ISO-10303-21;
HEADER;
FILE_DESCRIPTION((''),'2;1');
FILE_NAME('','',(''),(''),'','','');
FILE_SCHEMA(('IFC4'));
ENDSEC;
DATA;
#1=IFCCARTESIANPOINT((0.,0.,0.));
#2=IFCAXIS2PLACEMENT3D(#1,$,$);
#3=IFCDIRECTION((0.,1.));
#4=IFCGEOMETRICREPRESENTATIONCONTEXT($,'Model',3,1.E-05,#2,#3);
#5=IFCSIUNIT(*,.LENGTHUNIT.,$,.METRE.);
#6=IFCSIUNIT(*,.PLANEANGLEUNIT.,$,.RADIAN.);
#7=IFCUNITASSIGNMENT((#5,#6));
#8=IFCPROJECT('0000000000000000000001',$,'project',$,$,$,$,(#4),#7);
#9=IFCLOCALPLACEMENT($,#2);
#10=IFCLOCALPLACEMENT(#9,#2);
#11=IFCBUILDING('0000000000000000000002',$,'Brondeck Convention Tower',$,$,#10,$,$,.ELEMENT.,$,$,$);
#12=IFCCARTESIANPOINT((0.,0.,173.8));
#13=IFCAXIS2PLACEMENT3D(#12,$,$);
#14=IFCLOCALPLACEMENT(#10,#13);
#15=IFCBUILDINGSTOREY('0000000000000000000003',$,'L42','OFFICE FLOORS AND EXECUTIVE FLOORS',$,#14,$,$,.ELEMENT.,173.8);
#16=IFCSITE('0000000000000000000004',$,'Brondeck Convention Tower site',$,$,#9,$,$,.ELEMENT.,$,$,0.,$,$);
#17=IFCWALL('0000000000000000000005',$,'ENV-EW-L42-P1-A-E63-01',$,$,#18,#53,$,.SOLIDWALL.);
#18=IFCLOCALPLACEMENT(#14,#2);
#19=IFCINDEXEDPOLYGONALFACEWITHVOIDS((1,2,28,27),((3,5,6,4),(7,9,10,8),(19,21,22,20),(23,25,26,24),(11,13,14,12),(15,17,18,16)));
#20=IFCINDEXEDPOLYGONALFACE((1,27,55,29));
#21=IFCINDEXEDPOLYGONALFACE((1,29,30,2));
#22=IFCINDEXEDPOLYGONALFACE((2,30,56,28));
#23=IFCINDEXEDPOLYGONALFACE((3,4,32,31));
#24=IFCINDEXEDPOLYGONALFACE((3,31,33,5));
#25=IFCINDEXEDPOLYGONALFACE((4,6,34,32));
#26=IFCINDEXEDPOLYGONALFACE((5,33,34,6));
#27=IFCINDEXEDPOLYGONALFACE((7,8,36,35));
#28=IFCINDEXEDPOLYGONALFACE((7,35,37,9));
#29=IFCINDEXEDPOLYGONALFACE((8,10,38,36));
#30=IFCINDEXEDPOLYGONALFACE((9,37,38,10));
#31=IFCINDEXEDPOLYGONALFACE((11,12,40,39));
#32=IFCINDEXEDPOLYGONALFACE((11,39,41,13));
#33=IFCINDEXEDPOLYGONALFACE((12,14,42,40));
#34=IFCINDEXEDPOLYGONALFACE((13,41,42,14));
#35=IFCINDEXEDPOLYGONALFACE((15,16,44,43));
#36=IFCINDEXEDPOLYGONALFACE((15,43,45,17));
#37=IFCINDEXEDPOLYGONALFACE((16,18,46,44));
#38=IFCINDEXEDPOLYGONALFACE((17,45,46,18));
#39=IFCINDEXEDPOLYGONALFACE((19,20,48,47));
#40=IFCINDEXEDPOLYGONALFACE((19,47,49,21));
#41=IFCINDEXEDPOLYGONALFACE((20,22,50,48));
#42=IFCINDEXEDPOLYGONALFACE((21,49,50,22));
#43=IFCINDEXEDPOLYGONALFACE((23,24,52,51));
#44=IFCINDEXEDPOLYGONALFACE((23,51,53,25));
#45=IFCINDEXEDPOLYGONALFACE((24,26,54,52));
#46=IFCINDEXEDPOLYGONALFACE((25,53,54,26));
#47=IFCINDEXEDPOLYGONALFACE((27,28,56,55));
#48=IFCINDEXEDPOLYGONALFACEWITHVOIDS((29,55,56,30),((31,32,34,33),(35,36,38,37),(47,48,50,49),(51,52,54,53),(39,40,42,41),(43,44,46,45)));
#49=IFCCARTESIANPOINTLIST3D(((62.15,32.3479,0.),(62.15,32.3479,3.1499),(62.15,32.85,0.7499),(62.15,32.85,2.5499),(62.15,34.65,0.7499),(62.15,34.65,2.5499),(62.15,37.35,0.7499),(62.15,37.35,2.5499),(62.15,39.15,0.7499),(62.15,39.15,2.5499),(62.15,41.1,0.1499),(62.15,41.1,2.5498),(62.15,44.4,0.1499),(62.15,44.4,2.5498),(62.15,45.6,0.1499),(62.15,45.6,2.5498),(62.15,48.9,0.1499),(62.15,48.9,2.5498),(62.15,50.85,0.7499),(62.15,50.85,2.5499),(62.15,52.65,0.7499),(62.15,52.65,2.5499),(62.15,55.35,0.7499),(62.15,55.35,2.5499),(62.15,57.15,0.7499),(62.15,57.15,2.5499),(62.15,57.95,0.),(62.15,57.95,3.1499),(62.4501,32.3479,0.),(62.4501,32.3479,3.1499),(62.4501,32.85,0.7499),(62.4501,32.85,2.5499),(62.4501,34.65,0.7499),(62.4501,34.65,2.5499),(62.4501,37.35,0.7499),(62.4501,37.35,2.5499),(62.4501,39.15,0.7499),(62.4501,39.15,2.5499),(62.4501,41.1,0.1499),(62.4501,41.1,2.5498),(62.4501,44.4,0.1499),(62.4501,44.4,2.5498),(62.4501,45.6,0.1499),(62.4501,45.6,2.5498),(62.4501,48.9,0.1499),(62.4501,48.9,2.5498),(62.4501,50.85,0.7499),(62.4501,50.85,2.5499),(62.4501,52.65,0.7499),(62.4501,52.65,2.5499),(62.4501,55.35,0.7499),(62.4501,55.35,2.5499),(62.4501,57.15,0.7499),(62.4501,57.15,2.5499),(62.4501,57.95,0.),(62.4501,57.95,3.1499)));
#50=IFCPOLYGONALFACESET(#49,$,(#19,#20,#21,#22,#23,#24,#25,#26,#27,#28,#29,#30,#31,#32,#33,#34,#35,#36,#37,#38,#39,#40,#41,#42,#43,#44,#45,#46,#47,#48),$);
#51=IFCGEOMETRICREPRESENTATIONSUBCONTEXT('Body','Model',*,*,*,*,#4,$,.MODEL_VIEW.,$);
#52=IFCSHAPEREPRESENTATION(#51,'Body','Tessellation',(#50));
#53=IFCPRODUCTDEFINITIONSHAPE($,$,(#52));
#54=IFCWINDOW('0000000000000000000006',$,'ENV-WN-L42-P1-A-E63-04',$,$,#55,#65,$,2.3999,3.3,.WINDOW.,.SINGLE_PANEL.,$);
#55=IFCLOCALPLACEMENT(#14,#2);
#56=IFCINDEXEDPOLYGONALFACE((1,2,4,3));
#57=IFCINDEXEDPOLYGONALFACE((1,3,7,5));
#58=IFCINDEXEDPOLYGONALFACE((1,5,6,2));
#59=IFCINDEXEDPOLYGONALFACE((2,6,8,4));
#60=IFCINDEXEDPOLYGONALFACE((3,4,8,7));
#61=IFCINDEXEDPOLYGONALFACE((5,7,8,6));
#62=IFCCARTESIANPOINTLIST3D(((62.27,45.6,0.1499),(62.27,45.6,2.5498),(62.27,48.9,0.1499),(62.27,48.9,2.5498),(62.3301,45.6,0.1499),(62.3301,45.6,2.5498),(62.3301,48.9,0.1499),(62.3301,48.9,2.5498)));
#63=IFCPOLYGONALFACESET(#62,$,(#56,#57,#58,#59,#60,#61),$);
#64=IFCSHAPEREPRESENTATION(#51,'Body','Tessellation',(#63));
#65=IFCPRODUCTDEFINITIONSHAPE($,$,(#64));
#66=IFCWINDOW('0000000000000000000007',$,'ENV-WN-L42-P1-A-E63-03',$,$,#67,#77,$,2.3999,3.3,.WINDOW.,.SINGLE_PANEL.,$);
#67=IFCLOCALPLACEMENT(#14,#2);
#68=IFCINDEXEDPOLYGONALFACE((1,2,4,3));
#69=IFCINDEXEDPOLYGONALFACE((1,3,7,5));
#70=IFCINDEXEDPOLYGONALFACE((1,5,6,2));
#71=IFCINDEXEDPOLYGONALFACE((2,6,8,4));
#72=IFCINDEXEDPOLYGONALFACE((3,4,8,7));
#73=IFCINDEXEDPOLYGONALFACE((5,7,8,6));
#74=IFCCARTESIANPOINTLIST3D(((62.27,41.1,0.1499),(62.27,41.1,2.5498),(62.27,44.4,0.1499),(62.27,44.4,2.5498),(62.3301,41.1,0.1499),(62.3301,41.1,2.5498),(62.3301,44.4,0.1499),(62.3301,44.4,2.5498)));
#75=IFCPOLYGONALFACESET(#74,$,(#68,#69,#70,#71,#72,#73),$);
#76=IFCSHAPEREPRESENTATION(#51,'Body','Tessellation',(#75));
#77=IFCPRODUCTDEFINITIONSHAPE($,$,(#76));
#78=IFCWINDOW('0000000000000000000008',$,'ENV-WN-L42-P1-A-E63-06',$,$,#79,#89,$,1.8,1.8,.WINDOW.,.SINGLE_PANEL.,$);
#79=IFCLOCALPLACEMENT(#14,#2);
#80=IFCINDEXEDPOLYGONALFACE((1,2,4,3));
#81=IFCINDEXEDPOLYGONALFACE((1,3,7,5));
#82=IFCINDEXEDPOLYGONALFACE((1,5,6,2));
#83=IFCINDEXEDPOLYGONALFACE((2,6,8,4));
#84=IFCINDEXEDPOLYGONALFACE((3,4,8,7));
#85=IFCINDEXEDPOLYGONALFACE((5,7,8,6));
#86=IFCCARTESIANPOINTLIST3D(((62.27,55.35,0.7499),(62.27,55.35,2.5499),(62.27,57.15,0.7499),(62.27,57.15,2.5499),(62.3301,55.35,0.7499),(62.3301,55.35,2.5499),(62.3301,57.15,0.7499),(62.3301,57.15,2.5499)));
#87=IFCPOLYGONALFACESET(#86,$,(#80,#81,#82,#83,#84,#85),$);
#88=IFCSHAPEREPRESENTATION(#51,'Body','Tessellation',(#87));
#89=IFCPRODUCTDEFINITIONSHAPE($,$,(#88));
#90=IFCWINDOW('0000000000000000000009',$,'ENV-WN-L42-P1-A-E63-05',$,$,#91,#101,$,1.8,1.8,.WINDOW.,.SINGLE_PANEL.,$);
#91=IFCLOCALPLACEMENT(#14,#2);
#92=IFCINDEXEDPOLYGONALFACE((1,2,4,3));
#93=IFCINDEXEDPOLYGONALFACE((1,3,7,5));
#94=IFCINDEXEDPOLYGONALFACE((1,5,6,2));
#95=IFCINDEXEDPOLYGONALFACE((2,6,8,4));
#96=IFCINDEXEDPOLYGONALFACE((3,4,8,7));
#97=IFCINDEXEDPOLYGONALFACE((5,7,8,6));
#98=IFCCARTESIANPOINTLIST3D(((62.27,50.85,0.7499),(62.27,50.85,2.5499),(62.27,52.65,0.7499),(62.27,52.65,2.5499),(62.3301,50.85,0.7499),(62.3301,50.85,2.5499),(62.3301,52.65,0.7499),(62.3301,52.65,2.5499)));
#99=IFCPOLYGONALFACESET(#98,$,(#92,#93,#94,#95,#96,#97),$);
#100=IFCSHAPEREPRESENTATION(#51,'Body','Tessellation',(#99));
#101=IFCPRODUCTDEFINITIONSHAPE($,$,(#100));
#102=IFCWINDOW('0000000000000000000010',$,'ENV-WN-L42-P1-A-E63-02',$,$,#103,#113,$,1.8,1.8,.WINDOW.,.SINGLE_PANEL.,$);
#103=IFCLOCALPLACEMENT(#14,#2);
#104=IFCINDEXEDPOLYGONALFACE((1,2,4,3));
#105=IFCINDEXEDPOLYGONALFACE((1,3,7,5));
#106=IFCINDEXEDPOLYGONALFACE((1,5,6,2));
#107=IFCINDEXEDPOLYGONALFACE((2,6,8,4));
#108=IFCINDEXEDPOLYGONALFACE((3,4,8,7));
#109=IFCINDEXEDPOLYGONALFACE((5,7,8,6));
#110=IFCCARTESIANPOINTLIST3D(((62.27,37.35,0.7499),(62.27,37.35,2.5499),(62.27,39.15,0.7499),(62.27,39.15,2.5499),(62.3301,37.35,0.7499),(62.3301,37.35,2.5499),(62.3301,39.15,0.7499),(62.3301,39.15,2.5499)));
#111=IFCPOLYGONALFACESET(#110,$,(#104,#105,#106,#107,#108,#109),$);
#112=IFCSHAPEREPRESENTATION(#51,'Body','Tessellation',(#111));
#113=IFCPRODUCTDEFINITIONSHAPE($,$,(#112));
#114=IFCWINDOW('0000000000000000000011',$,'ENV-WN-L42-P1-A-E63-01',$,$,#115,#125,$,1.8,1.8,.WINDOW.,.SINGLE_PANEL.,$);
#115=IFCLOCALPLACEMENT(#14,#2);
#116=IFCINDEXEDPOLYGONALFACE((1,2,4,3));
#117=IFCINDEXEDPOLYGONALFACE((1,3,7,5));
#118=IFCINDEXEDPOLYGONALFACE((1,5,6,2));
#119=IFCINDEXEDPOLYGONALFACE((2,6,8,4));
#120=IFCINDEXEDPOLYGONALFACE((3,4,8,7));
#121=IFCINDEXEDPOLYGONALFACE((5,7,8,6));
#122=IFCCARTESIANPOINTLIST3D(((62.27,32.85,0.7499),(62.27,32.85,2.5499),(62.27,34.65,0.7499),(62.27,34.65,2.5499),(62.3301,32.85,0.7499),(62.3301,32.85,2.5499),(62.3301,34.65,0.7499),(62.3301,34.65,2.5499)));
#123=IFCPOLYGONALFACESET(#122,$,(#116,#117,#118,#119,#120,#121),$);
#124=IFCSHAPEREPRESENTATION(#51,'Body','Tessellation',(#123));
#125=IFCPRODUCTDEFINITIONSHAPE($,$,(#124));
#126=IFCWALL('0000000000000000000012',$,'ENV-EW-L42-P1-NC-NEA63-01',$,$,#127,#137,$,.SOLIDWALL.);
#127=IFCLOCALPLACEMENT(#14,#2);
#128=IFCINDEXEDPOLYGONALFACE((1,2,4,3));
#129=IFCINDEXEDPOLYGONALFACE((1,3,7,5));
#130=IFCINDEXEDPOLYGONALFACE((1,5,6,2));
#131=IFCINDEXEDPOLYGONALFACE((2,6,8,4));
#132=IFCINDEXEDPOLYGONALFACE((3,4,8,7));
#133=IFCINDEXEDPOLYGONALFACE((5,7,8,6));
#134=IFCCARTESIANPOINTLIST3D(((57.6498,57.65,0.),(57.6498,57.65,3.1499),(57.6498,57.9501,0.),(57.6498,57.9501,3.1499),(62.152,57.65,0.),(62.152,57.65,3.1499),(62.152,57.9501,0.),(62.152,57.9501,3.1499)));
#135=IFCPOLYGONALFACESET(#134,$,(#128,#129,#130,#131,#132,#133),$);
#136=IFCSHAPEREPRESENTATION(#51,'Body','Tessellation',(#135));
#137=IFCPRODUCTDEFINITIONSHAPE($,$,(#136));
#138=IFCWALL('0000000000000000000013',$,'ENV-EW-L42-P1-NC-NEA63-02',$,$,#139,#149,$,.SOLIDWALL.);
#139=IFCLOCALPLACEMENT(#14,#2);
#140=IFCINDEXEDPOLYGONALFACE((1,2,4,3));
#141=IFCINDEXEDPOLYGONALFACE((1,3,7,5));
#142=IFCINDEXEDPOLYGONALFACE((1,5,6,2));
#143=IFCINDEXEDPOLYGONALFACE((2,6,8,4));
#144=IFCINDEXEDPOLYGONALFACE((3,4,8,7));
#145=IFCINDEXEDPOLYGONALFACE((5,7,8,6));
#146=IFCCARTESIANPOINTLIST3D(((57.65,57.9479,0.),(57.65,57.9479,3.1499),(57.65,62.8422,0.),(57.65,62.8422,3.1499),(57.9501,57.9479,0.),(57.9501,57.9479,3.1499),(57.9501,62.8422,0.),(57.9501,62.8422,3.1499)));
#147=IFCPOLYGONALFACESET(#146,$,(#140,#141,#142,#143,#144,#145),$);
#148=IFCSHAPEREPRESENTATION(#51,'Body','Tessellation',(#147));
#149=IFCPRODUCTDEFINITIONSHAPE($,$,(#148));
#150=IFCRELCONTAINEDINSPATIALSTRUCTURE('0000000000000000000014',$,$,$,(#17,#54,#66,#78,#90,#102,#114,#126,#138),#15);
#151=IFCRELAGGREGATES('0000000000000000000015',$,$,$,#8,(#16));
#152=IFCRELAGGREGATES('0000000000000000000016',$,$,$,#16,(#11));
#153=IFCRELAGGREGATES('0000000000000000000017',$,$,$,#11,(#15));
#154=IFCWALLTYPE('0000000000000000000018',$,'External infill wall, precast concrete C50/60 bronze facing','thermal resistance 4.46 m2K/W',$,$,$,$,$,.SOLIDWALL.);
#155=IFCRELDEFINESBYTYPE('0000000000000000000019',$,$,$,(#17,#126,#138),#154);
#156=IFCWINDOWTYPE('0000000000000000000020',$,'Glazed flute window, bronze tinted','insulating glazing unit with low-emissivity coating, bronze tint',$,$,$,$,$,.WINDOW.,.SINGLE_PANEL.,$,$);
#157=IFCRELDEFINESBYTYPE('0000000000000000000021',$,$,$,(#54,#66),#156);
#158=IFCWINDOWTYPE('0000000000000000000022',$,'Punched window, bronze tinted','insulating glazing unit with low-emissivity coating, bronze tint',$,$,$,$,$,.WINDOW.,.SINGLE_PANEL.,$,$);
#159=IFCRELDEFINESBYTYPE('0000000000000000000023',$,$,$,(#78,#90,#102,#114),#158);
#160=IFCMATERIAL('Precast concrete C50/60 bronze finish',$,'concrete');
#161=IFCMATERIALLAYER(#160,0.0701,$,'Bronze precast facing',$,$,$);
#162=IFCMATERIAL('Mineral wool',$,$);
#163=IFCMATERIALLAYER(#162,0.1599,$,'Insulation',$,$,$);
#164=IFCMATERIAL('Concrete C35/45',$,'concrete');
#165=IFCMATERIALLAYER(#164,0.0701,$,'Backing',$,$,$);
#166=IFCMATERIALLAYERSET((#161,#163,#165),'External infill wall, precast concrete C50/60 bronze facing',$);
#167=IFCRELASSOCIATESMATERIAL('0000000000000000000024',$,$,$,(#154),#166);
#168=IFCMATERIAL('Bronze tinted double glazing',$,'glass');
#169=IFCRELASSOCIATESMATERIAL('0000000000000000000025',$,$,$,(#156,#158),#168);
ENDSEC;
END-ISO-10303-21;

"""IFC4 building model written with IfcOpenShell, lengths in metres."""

from ifc_helpers import new_model, si_unit, direction, frame, frame_2d, origin, place, context, subcontext, project, spatial, rectangle, extrude, material, layer, layer_set, type_object, element, fill, save


model = new_model("IFC4")

# Units and contexts
model_context = context("Model", 3, precision=1e-05, world=origin(), true_north=direction((0.0, 1.0)))
body_context = subcontext(model_context, "Body", "Model", "MODEL_VIEW")
ifc_project = project(units=[si_unit("LENGTHUNIT", "METRE"), si_unit("PLANEANGLEUNIT", "RADIAN")], contexts=[model_context])

# Site, building, storey
site_placement = place(None, origin())
site = spatial("IfcSite", under=ifc_project, at=site_placement, Name="Brondeck Convention Tower site", CompositionType="ELEMENT", RefElevation=0.0)
building_placement = place(site_placement, origin())
building = spatial("IfcBuilding", under=site, at=building_placement, Name="Brondeck Convention Tower", CompositionType="ELEMENT")
storey_placement = place(building_placement, frame((0.0, 0.0, 173.8)))
storey = spatial("IfcBuildingStorey", under=building, at=storey_placement, Name="L42", Description="OFFICE FLOORS AND EXECUTIVE FLOORS", CompositionType="ELEMENT", Elevation=173.8)

# Wall, openings, windows
ifc_material_1 = material(Name="Precast concrete C50/60 bronze finish", Category="concrete")
ifc_layer_1 = layer(ifc_material_1, 0.0701, Name="Bronze precast facing")
ifc_material_2 = material(Name="Mineral wool")
ifc_layer_2 = layer(ifc_material_2, 0.1599, Name="Insulation")
ifc_material_3 = material(Name="Concrete C35/45", Category="concrete")
ifc_layer_3 = layer(ifc_material_3, 0.0701, Name="Backing")
ifc_layer_set = layer_set([ifc_layer_1, ifc_layer_2, ifc_layer_3], Name="External infill wall, precast concrete C50/60 bronze facing")
wall_type = type_object("IfcWallType", Name="External infill wall, precast concrete C50/60 bronze facing", Description="thermal resistance 4.46 m2K/W", PredefinedType="SOLIDWALL", material=ifc_layer_set)
wall_1_placement = place(storey_placement, frame((62.3, 57.95, 0.0), z_axis=(0.0, 0.0, 1.0), x_axis=(0.0, -1.0, 0.0)))
wall_1 = element("IfcWall", 1, at=wall_1_placement, inside=storey, type_object=wall_type, Name="ENV-EW-L42-P1-A-E63-01", PredefinedType="SOLIDWALL", context=body_context, shape_type="SweptSolid", body=[
    extrude(rectangle(XDim=25.6021, YDim=0.3, at=frame_2d((12.801, 0.0))), origin(), (0.0, 0.0, 1.0), 3.1499),
])
opening_1_placement = place(wall_1_placement, frame((0.8, 0.0, 0.75)))
opening_1 = element("IfcOpeningElement", 2, at=opening_1_placement, cuts=wall_1, PredefinedType="OPENING", context=body_context, shape_type="SweptSolid", body=[
    extrude(rectangle(XDim=1.8, YDim=1.8, at=frame_2d((0.8999, 0.8999))), frame((0.0, 0.1599, 0.0), z_axis=(0.0, -1.0, 0.0), x_axis=(1.0, 0.0, 0.0)), (0.0, 0.0, 1.0), 0.3201),
])
opening_2_placement = place(wall_1_placement, frame((5.3, 0.0, 0.75)))
opening_2 = element("IfcOpeningElement", 3, at=opening_2_placement, cuts=wall_1, PredefinedType="OPENING", context=body_context, shape_type="SweptSolid", body=[
    extrude(rectangle(XDim=1.8, YDim=1.8, at=frame_2d((0.8999, 0.8999))), frame((0.0, 0.1599, 0.0), z_axis=(0.0, -1.0, 0.0), x_axis=(1.0, 0.0, 0.0)), (0.0, 0.0, 1.0), 0.3201),
])
opening_3_placement = place(wall_1_placement, frame((9.05, 0.0, 0.1499)))
opening_3 = element("IfcOpeningElement", 4, at=opening_3_placement, cuts=wall_1, PredefinedType="OPENING", context=body_context, shape_type="SweptSolid", body=[
    extrude(rectangle(XDim=3.3, YDim=2.3999, at=frame_2d((1.6499, 1.2))), frame((0.0, 0.1599, 0.0), z_axis=(0.0, -1.0, 0.0), x_axis=(1.0, 0.0, 0.0)), (0.0, 0.0, 1.0), 0.3201),
])
opening_4_placement = place(wall_1_placement, frame((13.55, 0.0, 0.1499)))
opening_4 = element("IfcOpeningElement", 5, at=opening_4_placement, cuts=wall_1, PredefinedType="OPENING", context=body_context, shape_type="SweptSolid", body=[
    extrude(rectangle(XDim=3.3, YDim=2.3999, at=frame_2d((1.6499, 1.2))), frame((0.0, 0.1599, 0.0), z_axis=(0.0, -1.0, 0.0), x_axis=(1.0, 0.0, 0.0)), (0.0, 0.0, 1.0), 0.3201),
])
opening_5_placement = place(wall_1_placement, frame((18.8, 0.0, 0.75)))
opening_5 = element("IfcOpeningElement", 6, at=opening_5_placement, cuts=wall_1, PredefinedType="OPENING", context=body_context, shape_type="SweptSolid", body=[
    extrude(rectangle(XDim=1.8, YDim=1.8, at=frame_2d((0.8999, 0.8999))), frame((0.0, 0.1599, 0.0), z_axis=(0.0, -1.0, 0.0), x_axis=(1.0, 0.0, 0.0)), (0.0, 0.0, 1.0), 0.3201),
])
opening_6_placement = place(wall_1_placement, frame((23.3, 0.0, 0.75)))
opening_6 = element("IfcOpeningElement", 7, at=opening_6_placement, cuts=wall_1, PredefinedType="OPENING", context=body_context, shape_type="SweptSolid", body=[
    extrude(rectangle(XDim=1.8, YDim=1.8, at=frame_2d((0.8999, 0.8999))), frame((0.0, 0.1599, 0.0), z_axis=(0.0, -1.0, 0.0), x_axis=(1.0, 0.0, 0.0)), (0.0, 0.0, 1.0), 0.3201),
])
ifc_material_4 = material(Name="Bronze tinted double glazing", Category="glass")
window_type_1 = type_object("IfcWindowType", Name="Glazed flute window, bronze tinted", Description="insulating glazing unit with low-emissivity coating, bronze tint", PartitioningType="SINGLE_PANEL", PredefinedType="WINDOW", material=ifc_material_4)
window_1_placement = place(opening_3_placement, origin())
window_1 = element("IfcWindow", 8, at=window_1_placement, inside=storey, type_object=window_type_1, Name="ENV-WN-L42-P1-A-E63-04", OverallHeight=2.3999, OverallWidth=3.3, PartitioningType="SINGLE_PANEL", PredefinedType="WINDOW", context=body_context, shape_type="SweptSolid", body=[
    extrude(rectangle(XDim=3.3, YDim=2.3999, at=frame_2d((1.6499, 1.2))), frame((0.0, 0.03, 0.0), z_axis=(0.0, -1.0, 0.0), x_axis=(1.0, 0.0, 0.0)), (0.0, 0.0, 1.0), 0.0601),
])
fill(opening_3, window_1)
window_2_placement = place(opening_4_placement, origin())
window_2 = element("IfcWindow", 9, at=window_2_placement, inside=storey, type_object=window_type_1, Name="ENV-WN-L42-P1-A-E63-03", OverallHeight=2.3999, OverallWidth=3.3, PartitioningType="SINGLE_PANEL", PredefinedType="WINDOW", context=body_context, shape_type="SweptSolid", body=[
    extrude(rectangle(XDim=3.3, YDim=2.3999, at=frame_2d((1.6499, 1.2))), frame((0.0, 0.03, 0.0), z_axis=(0.0, -1.0, 0.0), x_axis=(1.0, 0.0, 0.0)), (0.0, 0.0, 1.0), 0.0601),
])
fill(opening_4, window_2)
window_type_2 = type_object("IfcWindowType", Name="Punched window, bronze tinted", Description="insulating glazing unit with low-emissivity coating, bronze tint", PartitioningType="SINGLE_PANEL", PredefinedType="WINDOW", material=ifc_material_4)
window_3_placement = place(opening_1_placement, origin())
window_3 = element("IfcWindow", 10, at=window_3_placement, inside=storey, type_object=window_type_2, Name="ENV-WN-L42-P1-A-E63-06", OverallHeight=1.8, OverallWidth=1.8, PartitioningType="SINGLE_PANEL", PredefinedType="WINDOW", context=body_context, shape_type="SweptSolid", body=[
    extrude(rectangle(XDim=1.8, YDim=1.8, at=frame_2d((0.8999, 0.8999))), frame((0.0, 0.03, 0.0), z_axis=(0.0, -1.0, 0.0), x_axis=(1.0, 0.0, 0.0)), (0.0, 0.0, 1.0), 0.0601),
])
fill(opening_1, window_3)
window_4_placement = place(opening_2_placement, origin())
window_4 = element("IfcWindow", 11, at=window_4_placement, inside=storey, type_object=window_type_2, Name="ENV-WN-L42-P1-A-E63-05", OverallHeight=1.8, OverallWidth=1.8, PartitioningType="SINGLE_PANEL", PredefinedType="WINDOW", context=body_context, shape_type="SweptSolid", body=[
    extrude(rectangle(XDim=1.8, YDim=1.8, at=frame_2d((0.8999, 0.8999))), frame((0.0, 0.03, 0.0), z_axis=(0.0, -1.0, 0.0), x_axis=(1.0, 0.0, 0.0)), (0.0, 0.0, 1.0), 0.0601),
])
fill(opening_2, window_4)
window_5_placement = place(opening_5_placement, origin())
window_5 = element("IfcWindow", 12, at=window_5_placement, inside=storey, type_object=window_type_2, Name="ENV-WN-L42-P1-A-E63-02", OverallHeight=1.8, OverallWidth=1.8, PartitioningType="SINGLE_PANEL", PredefinedType="WINDOW", context=body_context, shape_type="SweptSolid", body=[
    extrude(rectangle(XDim=1.8, YDim=1.8, at=frame_2d((0.8999, 0.8999))), frame((0.0, 0.03, 0.0), z_axis=(0.0, -1.0, 0.0), x_axis=(1.0, 0.0, 0.0)), (0.0, 0.0, 1.0), 0.0601),
])
fill(opening_5, window_5)
window_6_placement = place(opening_6_placement, origin())
window_6 = element("IfcWindow", 13, at=window_6_placement, inside=storey, type_object=window_type_2, Name="ENV-WN-L42-P1-A-E63-01", OverallHeight=1.8, OverallWidth=1.8, PartitioningType="SINGLE_PANEL", PredefinedType="WINDOW", context=body_context, shape_type="SweptSolid", body=[
    extrude(rectangle(XDim=1.8, YDim=1.8, at=frame_2d((0.8999, 0.8999))), frame((0.0, 0.03, 0.0), z_axis=(0.0, -1.0, 0.0), x_axis=(1.0, 0.0, 0.0)), (0.0, 0.0, 1.0), 0.0601),
])
fill(opening_6, window_6)

# Walls
wall_2_placement = place(storey_placement, frame((57.6499, 57.8, 0.0), z_axis=(0.0, 0.0, 1.0), x_axis=(1.0, 0.0, 0.0)))
element("IfcWall", 14, at=wall_2_placement, inside=storey, type_object=wall_type, Name="ENV-EW-L42-P1-NC-NEA63-01", PredefinedType="SOLIDWALL", context=body_context, shape_type="SweptSolid", body=[
    extrude(rectangle(XDim=4.5022, YDim=0.3, at=frame_2d((2.251, 0.0))), origin(), (0.0, 0.0, 1.0), 3.1499),
])
wall_3_placement = place(storey_placement, frame((57.8, 62.8423, 0.0), z_axis=(0.0, 0.0, 1.0), x_axis=(0.0, -1.0, 0.0)))
element("IfcWall", 15, at=wall_3_placement, inside=storey, type_object=wall_type, Name="ENV-EW-L42-P1-NC-NEA63-02", PredefinedType="SOLIDWALL", context=body_context, shape_type="SweptSolid", body=[
    extrude(rectangle(XDim=4.8943, YDim=0.3, at=frame_2d((2.4473, 0.0))), origin(), (0.0, 0.0, 1.0), 3.1499),
])

save(model, "model.ifc")
